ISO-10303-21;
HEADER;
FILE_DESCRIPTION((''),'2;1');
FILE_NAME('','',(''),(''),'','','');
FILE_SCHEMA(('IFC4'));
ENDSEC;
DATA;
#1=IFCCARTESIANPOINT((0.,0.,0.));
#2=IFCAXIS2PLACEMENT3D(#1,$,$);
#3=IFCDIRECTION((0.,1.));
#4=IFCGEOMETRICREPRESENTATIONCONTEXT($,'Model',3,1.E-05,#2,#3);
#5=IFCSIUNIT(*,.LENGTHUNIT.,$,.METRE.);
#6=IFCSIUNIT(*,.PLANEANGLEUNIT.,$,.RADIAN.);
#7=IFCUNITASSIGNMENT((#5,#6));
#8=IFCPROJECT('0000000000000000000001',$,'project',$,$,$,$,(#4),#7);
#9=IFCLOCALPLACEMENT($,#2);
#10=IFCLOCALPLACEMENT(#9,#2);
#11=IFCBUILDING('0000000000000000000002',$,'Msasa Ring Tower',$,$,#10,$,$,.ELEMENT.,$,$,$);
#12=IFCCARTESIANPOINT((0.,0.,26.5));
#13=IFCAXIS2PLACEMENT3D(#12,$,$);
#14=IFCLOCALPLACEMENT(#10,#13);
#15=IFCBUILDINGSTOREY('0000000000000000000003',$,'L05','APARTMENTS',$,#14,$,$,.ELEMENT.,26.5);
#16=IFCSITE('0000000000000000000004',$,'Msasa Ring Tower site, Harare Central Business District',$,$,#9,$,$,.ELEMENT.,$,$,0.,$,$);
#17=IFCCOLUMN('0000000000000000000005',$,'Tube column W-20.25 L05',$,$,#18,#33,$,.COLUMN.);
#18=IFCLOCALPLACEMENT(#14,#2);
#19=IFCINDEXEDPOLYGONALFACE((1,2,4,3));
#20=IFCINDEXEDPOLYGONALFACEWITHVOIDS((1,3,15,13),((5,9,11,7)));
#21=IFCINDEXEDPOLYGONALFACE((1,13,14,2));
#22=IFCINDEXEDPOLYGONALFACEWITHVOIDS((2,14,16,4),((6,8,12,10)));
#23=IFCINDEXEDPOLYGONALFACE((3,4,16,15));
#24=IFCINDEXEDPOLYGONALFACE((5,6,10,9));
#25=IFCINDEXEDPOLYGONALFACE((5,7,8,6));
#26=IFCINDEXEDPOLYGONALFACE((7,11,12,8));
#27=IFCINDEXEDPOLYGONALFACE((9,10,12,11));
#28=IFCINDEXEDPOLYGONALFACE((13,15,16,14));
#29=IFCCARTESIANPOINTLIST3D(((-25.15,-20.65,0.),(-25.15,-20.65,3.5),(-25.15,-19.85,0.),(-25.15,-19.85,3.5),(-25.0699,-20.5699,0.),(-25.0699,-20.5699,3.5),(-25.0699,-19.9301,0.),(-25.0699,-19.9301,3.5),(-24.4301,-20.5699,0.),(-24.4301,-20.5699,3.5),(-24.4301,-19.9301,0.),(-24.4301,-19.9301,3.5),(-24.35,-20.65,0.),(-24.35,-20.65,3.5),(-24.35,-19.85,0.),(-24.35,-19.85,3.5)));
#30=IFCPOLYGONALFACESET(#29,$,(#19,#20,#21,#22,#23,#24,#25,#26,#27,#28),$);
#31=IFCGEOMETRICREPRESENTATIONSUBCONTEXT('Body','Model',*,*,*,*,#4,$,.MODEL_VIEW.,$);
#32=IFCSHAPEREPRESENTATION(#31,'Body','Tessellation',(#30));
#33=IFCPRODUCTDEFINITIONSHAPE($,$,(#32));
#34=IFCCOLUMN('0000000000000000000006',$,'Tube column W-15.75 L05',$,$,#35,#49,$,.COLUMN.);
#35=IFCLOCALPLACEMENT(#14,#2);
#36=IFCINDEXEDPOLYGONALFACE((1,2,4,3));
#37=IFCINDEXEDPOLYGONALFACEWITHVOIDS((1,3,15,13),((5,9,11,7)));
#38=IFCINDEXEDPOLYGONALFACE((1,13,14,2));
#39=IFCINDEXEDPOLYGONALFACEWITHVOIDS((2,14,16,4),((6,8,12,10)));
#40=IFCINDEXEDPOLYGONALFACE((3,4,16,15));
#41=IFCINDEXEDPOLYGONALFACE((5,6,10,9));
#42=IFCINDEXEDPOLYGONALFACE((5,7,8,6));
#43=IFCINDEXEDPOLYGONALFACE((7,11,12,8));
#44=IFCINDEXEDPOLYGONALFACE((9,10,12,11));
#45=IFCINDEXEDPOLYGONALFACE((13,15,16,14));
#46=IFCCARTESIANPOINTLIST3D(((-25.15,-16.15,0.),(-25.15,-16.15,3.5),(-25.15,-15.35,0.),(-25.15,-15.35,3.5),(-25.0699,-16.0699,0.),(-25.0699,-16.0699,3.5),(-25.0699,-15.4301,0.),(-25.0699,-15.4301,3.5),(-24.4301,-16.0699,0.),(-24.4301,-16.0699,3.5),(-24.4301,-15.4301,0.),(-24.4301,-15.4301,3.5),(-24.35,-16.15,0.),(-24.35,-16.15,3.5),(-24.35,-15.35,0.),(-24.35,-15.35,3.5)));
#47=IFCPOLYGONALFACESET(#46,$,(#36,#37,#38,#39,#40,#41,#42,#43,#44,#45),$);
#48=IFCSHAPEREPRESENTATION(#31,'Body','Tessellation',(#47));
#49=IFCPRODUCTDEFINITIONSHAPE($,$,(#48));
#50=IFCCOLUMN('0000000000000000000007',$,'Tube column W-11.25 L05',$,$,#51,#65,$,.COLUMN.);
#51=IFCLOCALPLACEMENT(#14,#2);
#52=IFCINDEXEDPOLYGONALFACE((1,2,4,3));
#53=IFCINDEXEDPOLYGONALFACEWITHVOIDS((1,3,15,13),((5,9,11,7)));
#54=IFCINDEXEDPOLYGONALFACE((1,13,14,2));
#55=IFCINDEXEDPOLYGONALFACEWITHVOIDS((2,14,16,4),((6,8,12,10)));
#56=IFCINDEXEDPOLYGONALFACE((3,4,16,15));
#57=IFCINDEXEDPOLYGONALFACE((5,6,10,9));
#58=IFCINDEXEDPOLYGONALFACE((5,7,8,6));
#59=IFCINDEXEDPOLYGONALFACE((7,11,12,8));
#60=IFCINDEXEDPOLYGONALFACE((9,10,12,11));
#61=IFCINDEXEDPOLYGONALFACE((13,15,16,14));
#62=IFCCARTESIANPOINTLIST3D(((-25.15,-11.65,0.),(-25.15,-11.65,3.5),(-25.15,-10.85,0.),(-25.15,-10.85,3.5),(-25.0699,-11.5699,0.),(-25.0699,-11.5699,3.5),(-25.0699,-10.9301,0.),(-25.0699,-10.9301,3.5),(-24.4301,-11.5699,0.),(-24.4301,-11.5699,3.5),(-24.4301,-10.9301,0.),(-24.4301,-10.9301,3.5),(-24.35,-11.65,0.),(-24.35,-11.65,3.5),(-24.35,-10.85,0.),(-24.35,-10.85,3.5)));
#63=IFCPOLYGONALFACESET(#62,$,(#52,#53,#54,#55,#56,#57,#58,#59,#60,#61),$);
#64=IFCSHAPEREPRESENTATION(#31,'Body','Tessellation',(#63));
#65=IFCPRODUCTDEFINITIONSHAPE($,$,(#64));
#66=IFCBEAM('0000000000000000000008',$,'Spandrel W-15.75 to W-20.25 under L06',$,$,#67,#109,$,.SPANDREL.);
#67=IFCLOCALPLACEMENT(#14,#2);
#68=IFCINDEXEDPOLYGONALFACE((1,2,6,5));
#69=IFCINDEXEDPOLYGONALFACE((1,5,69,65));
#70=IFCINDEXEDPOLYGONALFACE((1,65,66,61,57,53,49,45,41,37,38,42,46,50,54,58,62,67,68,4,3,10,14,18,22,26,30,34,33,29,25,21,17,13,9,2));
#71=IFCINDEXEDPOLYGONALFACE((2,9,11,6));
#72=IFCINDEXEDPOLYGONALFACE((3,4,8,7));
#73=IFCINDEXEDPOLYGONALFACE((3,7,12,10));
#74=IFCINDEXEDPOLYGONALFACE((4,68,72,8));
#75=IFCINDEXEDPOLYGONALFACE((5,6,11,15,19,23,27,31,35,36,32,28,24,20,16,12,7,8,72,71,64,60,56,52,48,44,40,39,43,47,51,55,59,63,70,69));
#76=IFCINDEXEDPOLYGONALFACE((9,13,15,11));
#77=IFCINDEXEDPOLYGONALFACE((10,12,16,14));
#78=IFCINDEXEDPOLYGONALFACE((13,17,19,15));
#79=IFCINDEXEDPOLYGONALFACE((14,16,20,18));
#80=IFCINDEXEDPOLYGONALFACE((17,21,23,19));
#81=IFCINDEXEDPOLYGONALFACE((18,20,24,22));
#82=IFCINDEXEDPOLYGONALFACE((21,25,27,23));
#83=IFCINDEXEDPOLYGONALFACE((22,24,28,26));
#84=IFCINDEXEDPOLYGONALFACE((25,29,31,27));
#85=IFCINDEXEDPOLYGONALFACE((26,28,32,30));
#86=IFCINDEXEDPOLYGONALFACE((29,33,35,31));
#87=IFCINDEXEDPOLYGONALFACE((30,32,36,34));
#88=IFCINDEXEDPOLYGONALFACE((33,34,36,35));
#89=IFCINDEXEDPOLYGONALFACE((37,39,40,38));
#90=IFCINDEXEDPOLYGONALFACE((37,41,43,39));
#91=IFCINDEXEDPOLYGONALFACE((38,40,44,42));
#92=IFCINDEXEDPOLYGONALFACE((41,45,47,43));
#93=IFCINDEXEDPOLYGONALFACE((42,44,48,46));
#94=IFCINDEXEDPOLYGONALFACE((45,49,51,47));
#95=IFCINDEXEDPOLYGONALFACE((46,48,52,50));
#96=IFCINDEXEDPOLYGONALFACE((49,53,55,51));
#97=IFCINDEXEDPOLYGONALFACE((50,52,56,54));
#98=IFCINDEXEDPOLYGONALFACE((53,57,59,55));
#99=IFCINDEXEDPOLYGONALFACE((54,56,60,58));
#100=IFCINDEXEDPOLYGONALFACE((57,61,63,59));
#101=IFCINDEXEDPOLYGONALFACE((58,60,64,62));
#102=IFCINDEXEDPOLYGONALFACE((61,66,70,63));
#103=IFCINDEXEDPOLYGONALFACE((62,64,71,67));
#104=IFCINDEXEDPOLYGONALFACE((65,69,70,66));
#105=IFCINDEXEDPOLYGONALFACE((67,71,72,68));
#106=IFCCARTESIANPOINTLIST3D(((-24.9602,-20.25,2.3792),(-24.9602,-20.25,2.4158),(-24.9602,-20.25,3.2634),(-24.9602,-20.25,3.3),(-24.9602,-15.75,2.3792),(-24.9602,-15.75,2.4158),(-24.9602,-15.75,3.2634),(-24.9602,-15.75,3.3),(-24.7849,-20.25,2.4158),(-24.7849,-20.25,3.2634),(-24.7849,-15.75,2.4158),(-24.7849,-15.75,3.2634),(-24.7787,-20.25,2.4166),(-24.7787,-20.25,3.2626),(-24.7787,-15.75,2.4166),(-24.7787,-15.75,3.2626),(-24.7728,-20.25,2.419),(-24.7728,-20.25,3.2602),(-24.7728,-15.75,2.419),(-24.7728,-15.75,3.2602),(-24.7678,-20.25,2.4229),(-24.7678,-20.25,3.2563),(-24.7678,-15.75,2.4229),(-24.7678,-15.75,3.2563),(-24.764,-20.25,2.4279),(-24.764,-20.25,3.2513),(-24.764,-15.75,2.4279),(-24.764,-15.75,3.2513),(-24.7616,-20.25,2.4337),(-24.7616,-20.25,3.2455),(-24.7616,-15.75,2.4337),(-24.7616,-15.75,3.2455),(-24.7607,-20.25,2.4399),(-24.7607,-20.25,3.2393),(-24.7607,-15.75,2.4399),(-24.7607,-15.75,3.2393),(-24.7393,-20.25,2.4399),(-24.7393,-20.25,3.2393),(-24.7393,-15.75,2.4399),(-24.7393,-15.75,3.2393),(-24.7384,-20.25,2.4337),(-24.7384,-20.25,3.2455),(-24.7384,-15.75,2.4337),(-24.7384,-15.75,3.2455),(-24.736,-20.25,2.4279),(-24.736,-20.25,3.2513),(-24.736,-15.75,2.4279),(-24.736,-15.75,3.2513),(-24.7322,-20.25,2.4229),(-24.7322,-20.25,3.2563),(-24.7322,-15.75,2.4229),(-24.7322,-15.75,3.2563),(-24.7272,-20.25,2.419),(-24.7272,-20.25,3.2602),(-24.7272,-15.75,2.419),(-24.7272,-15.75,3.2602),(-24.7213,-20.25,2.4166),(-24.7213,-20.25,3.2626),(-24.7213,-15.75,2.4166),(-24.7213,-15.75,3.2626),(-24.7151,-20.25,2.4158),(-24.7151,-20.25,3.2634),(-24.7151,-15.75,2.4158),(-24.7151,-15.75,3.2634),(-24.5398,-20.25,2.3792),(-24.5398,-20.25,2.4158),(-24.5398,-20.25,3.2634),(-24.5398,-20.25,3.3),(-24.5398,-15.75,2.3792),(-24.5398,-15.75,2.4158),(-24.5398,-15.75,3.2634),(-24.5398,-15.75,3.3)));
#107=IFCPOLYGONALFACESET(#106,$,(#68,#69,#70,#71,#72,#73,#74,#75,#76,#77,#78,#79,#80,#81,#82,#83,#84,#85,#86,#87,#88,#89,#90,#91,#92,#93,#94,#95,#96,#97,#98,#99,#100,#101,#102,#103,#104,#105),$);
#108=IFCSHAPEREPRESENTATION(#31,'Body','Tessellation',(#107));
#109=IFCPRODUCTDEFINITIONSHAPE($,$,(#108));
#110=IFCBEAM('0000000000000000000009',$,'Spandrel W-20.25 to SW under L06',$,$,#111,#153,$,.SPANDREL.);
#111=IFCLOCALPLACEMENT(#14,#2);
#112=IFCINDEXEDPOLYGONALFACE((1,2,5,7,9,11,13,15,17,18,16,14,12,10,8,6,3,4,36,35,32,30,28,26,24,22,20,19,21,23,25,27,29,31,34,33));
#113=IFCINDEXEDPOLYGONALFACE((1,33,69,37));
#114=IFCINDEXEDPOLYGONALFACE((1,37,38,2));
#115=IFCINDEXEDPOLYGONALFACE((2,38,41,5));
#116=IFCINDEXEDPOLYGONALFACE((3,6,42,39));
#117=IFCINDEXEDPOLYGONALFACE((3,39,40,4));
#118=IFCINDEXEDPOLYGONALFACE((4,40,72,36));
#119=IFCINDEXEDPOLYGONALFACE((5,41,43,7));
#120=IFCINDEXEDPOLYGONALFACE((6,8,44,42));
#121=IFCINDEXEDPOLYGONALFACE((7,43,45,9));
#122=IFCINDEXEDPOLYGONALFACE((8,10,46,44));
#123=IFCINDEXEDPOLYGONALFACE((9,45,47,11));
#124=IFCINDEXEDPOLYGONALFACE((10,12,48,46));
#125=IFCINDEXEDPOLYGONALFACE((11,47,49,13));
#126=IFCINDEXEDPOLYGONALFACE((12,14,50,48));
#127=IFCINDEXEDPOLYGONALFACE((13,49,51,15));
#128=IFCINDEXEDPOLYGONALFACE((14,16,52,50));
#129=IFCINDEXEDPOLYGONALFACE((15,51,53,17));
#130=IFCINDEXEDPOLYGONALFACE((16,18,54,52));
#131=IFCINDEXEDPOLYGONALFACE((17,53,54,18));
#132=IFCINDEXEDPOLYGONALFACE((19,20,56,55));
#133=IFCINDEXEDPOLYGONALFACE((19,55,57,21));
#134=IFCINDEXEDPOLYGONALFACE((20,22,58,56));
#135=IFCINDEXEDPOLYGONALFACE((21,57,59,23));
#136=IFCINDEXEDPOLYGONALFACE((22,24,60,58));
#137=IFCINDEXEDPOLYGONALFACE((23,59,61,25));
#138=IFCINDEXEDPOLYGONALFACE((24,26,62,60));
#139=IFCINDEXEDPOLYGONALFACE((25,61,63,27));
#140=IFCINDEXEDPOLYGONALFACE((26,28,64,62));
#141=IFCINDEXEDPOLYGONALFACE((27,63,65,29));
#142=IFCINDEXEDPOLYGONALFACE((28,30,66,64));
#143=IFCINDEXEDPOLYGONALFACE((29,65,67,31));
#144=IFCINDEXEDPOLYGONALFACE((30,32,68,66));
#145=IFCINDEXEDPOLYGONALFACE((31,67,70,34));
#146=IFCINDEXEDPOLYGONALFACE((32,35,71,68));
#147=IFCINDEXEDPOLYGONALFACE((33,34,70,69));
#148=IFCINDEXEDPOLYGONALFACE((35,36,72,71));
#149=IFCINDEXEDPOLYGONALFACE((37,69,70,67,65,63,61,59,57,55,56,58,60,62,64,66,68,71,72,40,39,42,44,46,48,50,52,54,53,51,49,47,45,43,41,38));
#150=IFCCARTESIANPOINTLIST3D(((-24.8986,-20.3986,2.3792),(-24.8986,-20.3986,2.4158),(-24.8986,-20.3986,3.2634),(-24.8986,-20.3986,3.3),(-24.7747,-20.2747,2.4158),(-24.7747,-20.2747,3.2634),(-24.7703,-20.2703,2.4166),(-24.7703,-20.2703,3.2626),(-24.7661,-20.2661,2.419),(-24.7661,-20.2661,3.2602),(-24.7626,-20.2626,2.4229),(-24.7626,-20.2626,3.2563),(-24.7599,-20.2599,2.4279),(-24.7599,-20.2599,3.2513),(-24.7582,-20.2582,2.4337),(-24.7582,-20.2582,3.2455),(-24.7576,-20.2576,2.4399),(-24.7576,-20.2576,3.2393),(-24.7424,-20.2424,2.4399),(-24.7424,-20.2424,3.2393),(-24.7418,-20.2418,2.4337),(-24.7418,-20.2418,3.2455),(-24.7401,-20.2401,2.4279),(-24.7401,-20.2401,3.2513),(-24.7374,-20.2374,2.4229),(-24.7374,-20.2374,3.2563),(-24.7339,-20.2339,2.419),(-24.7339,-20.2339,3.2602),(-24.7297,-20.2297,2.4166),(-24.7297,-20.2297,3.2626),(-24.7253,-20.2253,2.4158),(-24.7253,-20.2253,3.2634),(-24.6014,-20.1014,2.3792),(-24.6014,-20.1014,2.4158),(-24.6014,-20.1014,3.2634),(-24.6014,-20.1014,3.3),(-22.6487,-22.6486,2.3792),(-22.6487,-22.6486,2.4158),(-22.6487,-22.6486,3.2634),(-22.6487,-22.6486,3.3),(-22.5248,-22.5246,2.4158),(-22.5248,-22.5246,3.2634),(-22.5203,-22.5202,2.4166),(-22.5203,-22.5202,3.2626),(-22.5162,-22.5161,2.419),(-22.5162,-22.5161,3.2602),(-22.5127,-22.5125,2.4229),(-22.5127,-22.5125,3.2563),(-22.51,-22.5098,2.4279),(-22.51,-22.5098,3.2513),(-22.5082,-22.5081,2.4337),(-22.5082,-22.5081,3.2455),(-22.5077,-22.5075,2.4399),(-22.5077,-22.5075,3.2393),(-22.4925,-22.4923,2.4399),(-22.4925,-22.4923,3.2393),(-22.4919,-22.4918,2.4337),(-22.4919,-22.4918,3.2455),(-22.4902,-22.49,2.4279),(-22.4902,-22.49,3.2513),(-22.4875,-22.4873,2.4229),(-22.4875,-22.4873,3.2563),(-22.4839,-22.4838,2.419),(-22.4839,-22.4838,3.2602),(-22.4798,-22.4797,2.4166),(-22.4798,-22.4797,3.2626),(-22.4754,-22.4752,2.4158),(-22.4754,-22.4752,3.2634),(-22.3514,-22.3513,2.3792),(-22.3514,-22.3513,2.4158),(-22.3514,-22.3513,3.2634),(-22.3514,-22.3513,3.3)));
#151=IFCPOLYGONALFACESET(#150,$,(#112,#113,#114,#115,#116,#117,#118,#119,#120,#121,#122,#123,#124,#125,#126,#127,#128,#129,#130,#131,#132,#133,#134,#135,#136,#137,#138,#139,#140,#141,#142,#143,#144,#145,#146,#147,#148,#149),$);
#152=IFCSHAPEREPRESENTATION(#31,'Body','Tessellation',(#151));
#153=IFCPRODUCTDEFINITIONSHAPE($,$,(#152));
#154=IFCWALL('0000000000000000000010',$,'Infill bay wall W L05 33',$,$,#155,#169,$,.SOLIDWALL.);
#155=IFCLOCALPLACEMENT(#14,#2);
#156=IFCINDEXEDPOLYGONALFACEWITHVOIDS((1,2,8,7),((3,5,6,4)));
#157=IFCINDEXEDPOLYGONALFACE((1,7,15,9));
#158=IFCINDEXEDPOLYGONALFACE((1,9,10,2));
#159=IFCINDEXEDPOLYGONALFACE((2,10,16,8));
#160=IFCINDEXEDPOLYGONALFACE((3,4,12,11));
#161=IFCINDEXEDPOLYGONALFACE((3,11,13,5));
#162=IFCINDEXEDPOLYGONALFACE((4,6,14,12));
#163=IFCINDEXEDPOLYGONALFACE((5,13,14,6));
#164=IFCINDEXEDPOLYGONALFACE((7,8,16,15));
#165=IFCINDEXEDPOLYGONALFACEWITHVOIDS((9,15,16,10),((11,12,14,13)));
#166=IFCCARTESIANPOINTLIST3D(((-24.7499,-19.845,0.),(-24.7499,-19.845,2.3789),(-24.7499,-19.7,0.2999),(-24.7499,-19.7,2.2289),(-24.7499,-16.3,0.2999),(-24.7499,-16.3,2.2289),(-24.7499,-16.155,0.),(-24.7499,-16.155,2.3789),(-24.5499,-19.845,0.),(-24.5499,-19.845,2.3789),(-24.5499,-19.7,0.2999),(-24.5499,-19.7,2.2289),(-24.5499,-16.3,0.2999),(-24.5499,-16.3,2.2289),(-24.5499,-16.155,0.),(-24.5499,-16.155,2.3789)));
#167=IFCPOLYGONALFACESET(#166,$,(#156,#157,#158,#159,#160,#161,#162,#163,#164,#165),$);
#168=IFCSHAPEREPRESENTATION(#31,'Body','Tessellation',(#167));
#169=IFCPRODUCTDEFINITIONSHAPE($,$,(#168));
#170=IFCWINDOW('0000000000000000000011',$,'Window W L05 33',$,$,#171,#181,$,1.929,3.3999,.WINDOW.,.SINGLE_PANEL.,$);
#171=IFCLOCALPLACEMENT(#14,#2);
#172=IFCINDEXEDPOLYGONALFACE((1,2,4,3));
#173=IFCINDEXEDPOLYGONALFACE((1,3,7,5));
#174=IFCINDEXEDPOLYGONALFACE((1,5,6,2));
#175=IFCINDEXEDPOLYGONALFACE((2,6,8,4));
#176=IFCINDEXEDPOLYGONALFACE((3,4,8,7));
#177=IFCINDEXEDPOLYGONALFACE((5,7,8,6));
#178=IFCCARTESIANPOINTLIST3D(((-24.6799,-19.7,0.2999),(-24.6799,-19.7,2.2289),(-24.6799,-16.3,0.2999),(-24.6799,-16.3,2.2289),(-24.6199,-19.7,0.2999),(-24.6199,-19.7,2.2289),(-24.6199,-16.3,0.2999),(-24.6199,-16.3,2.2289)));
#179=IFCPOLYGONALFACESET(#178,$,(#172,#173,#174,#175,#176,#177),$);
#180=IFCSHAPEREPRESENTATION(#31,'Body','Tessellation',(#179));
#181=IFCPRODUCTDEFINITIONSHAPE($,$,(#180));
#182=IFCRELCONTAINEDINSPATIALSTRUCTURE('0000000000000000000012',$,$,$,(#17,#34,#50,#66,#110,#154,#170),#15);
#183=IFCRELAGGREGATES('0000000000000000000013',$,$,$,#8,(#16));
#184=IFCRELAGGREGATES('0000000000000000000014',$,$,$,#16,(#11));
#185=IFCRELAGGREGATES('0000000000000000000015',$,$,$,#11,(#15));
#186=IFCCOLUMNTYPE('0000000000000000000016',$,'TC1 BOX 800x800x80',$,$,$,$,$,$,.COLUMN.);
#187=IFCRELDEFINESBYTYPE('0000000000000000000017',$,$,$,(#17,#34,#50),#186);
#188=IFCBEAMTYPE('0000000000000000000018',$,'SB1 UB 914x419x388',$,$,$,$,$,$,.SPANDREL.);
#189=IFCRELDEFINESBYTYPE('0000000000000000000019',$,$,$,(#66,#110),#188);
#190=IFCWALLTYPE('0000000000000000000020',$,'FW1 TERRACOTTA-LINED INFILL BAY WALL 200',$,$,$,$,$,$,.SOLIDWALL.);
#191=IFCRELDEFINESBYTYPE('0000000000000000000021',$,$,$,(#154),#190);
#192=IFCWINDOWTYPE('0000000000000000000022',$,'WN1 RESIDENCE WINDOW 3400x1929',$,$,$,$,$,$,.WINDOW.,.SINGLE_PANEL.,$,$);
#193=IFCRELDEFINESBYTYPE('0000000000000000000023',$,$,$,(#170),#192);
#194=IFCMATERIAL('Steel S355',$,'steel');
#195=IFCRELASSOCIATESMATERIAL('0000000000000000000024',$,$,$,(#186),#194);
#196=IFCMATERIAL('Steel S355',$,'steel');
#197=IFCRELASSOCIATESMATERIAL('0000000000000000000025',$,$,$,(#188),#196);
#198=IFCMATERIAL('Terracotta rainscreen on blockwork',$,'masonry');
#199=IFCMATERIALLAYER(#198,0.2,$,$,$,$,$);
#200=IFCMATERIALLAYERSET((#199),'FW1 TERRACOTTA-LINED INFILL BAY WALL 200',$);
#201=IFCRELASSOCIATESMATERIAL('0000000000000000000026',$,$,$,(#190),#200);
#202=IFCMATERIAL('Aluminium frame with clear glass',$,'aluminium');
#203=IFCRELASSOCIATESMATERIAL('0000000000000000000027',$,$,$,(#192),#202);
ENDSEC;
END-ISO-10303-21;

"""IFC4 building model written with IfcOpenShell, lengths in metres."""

from ifc_helpers import new_model, si_unit, direction, frame, frame_2d, origin, origin_2d, place, context, subcontext, project, spatial, rectangle, hollow_rectangle, i_section, extrude, material, layer, layer_set, material_profile, profile_set, type_object, element, fill, save


model = new_model("IFC4")

# Units and contexts
model_context = context("Model", 3, precision=1e-05, world=origin(), true_north=direction((0.0, 1.0)))
body_context = subcontext(model_context, "Body", "Model", "MODEL_VIEW")
ifc_project = project(units=[si_unit("LENGTHUNIT", "METRE"), si_unit("PLANEANGLEUNIT", "RADIAN")], contexts=[model_context])

# Site, building, storey
site_placement = place(None, origin())
site = spatial("IfcSite", under=ifc_project, at=site_placement, Name="Msasa Ring Tower site, Harare Central Business District", CompositionType="ELEMENT", RefElevation=0.0)
building_placement = place(site_placement, origin())
building = spatial("IfcBuilding", under=site, at=building_placement, Name="Msasa Ring Tower", CompositionType="ELEMENT")
storey_placement = place(building_placement, frame((0.0, 0.0, 26.5)))
storey = spatial("IfcBuildingStorey", under=building, at=storey_placement, Name="L05", Description="APARTMENTS", CompositionType="ELEMENT", Elevation=26.5)

# Columns
ifc_material_1 = material(Name="Steel S355", Category="steel")
ifc_material_profile_1 = material_profile(ifc_material_1, hollow_rectangle(XDim=0.8, YDim=0.8, WallThickness=0.0801, at=origin_2d()), Name="BOX 800x800x80")
ifc_profile_set_1 = profile_set([ifc_material_profile_1], Name="Steel S355")
column_type = type_object("IfcColumnType", Name="TC1 BOX 800x800x80", PredefinedType="COLUMN", material=ifc_profile_set_1)
for number, where, z_axis, x_axis, name in (
    (1, (-24.75, -20.25, 0.0), (0.0, 0.0, 1.0), (1.0, 0.0, 0.0), "Tube column W-20.25 L05"),
    (2, (-24.75, -15.75, 0.0), (0.0, 0.0, 1.0), (1.0, 0.0, 0.0), "Tube column W-15.75 L05"),
    (3, (-24.75, -11.25, 0.0), (0.0, 0.0, 1.0), (1.0, 0.0, 0.0), "Tube column W-11.25 L05"),
):
    element("IfcColumn", number, at=place(storey_placement, frame(where, z_axis=z_axis, x_axis=x_axis)), inside=storey, type_object=column_type, Name=name, PredefinedType="COLUMN", context=body_context, shape_type="SweptSolid", body=[
        extrude(hollow_rectangle(XDim=0.8, YDim=0.8, WallThickness=0.0801, at=origin_2d()), origin(), (0.0, 0.0, 1.0), 3.5),
    ])

# Beams
ifc_material_2 = material(Name="Steel S355", Category="steel")
ifc_material_profile_2 = material_profile(ifc_material_2, i_section(OverallWidth=0.4204, OverallDepth=0.9209, WebThickness=0.0215, FlangeThickness=0.0366, FilletRadius=0.0242, at=origin_2d()), Name="UB 914x419x388")
ifc_profile_set_2 = profile_set([ifc_material_profile_2], Name="Steel S355")
beam_type = type_object("IfcBeamType", Name="SB1 UB 914x419x388", PredefinedType="SPANDREL", material=ifc_profile_set_2)
beam_1_placement = place(storey_placement, frame((-24.75, -15.75, 2.8396), z_axis=(0.0, -1.0, 0.0), x_axis=(1.0, 0.0, 0.0)))
element("IfcBeam", 4, at=beam_1_placement, inside=storey, type_object=beam_type, Name="Spandrel W-15.75 to W-20.25 under L06", PredefinedType="SPANDREL", context=body_context, shape_type="SweptSolid", body=[
    extrude(i_section(OverallWidth=0.4204, OverallDepth=0.9209, WebThickness=0.0215, FlangeThickness=0.0366, FilletRadius=0.0242, at=origin_2d()), origin(), (0.0, 0.0, 1.0), 4.5),
])
beam_2_placement = place(storey_placement, frame((-24.75, -20.25, 2.8396), z_axis=(0.707107, -0.707107, 0.0), x_axis=(0.707107, 0.707107, 0.0)))
element("IfcBeam", 5, at=beam_2_placement, inside=storey, type_object=beam_type, Name="Spandrel W-20.25 to SW under L06", PredefinedType="SPANDREL", context=body_context, shape_type="SweptSolid", body=[
    extrude(i_section(OverallWidth=0.4204, OverallDepth=0.9209, WebThickness=0.0215, FlangeThickness=0.0366, FilletRadius=0.0242, at=origin_2d()), origin(), (0.0, 0.0, 1.0), 3.1819),
])

# Wall, opening, window
ifc_material_3 = material(Name="Terracotta rainscreen on blockwork", Category="masonry")
ifc_layer_1 = layer(ifc_material_3, 0.2)
ifc_layer_set_1 = layer_set([ifc_layer_1], Name="FW1 TERRACOTTA-LINED INFILL BAY WALL 200")
wall_type_1 = type_object("IfcWallType", Name="FW1 TERRACOTTA-LINED INFILL BAY WALL 200", PredefinedType="SOLIDWALL", material=ifc_layer_set_1)
wall_1_placement = place(storey_placement, frame((-24.6499, -19.845, 0.0), z_axis=(0.0, 0.0, 1.0), x_axis=(0.0, 1.0, 0.0)))
wall_1 = element("IfcWall", 6, at=wall_1_placement, inside=storey, type_object=wall_type_1, Name="Infill bay wall W L05 33", PredefinedType="SOLIDWALL", context=body_context, shape_type="SweptSolid", body=[
    extrude(rectangle(XDim=3.6899, YDim=0.2, at=frame_2d((1.845, 0.0))), origin(), (0.0, 0.0, 1.0), 2.3789),
])
opening_1_placement = place(wall_1_placement, frame((0.145, 0.0, 0.3)))
opening_1 = element("IfcOpeningElement", 7, at=opening_1_placement, cuts=wall_1, PredefinedType="OPENING", context=body_context, shape_type="SweptSolid", body=[
    extrude(rectangle(XDim=3.3999, YDim=1.929, at=frame_2d((1.7, 0.9644))), frame((0.0, 0.1099, 0.0), z_axis=(0.0, -1.0, 0.0), x_axis=(1.0, 0.0, 0.0)), (0.0, 0.0, 1.0), 0.22),
])
ifc_material_4 = material(Name="Aluminium frame with clear glass", Category="aluminium")
window_type = type_object("IfcWindowType", Name="WN1 RESIDENCE WINDOW 3400x1929", PartitioningType="SINGLE_PANEL", PredefinedType="WINDOW", material=ifc_material_4)
window_1_placement = place(opening_1_placement, origin())
window_1 = element("IfcWindow", 8, at=window_1_placement, inside=storey, type_object=window_type, Name="Window W L05 33", OverallHeight=1.929, OverallWidth=3.3999, PartitioningType="SINGLE_PANEL", PredefinedType="WINDOW", context=body_context, shape_type="SweptSolid", body=[
    extrude(rectangle(XDim=3.3999, YDim=1.929, at=frame_2d((1.7, 0.9644))), frame((0.0, 0.03, 0.0), z_axis=(0.0, -1.0, 0.0), x_axis=(1.0, 0.0, 0.0)), (0.0, 0.0, 1.0), 0.0601),
])
fill(opening_1, window_1)

save(model, "model.ifc")
